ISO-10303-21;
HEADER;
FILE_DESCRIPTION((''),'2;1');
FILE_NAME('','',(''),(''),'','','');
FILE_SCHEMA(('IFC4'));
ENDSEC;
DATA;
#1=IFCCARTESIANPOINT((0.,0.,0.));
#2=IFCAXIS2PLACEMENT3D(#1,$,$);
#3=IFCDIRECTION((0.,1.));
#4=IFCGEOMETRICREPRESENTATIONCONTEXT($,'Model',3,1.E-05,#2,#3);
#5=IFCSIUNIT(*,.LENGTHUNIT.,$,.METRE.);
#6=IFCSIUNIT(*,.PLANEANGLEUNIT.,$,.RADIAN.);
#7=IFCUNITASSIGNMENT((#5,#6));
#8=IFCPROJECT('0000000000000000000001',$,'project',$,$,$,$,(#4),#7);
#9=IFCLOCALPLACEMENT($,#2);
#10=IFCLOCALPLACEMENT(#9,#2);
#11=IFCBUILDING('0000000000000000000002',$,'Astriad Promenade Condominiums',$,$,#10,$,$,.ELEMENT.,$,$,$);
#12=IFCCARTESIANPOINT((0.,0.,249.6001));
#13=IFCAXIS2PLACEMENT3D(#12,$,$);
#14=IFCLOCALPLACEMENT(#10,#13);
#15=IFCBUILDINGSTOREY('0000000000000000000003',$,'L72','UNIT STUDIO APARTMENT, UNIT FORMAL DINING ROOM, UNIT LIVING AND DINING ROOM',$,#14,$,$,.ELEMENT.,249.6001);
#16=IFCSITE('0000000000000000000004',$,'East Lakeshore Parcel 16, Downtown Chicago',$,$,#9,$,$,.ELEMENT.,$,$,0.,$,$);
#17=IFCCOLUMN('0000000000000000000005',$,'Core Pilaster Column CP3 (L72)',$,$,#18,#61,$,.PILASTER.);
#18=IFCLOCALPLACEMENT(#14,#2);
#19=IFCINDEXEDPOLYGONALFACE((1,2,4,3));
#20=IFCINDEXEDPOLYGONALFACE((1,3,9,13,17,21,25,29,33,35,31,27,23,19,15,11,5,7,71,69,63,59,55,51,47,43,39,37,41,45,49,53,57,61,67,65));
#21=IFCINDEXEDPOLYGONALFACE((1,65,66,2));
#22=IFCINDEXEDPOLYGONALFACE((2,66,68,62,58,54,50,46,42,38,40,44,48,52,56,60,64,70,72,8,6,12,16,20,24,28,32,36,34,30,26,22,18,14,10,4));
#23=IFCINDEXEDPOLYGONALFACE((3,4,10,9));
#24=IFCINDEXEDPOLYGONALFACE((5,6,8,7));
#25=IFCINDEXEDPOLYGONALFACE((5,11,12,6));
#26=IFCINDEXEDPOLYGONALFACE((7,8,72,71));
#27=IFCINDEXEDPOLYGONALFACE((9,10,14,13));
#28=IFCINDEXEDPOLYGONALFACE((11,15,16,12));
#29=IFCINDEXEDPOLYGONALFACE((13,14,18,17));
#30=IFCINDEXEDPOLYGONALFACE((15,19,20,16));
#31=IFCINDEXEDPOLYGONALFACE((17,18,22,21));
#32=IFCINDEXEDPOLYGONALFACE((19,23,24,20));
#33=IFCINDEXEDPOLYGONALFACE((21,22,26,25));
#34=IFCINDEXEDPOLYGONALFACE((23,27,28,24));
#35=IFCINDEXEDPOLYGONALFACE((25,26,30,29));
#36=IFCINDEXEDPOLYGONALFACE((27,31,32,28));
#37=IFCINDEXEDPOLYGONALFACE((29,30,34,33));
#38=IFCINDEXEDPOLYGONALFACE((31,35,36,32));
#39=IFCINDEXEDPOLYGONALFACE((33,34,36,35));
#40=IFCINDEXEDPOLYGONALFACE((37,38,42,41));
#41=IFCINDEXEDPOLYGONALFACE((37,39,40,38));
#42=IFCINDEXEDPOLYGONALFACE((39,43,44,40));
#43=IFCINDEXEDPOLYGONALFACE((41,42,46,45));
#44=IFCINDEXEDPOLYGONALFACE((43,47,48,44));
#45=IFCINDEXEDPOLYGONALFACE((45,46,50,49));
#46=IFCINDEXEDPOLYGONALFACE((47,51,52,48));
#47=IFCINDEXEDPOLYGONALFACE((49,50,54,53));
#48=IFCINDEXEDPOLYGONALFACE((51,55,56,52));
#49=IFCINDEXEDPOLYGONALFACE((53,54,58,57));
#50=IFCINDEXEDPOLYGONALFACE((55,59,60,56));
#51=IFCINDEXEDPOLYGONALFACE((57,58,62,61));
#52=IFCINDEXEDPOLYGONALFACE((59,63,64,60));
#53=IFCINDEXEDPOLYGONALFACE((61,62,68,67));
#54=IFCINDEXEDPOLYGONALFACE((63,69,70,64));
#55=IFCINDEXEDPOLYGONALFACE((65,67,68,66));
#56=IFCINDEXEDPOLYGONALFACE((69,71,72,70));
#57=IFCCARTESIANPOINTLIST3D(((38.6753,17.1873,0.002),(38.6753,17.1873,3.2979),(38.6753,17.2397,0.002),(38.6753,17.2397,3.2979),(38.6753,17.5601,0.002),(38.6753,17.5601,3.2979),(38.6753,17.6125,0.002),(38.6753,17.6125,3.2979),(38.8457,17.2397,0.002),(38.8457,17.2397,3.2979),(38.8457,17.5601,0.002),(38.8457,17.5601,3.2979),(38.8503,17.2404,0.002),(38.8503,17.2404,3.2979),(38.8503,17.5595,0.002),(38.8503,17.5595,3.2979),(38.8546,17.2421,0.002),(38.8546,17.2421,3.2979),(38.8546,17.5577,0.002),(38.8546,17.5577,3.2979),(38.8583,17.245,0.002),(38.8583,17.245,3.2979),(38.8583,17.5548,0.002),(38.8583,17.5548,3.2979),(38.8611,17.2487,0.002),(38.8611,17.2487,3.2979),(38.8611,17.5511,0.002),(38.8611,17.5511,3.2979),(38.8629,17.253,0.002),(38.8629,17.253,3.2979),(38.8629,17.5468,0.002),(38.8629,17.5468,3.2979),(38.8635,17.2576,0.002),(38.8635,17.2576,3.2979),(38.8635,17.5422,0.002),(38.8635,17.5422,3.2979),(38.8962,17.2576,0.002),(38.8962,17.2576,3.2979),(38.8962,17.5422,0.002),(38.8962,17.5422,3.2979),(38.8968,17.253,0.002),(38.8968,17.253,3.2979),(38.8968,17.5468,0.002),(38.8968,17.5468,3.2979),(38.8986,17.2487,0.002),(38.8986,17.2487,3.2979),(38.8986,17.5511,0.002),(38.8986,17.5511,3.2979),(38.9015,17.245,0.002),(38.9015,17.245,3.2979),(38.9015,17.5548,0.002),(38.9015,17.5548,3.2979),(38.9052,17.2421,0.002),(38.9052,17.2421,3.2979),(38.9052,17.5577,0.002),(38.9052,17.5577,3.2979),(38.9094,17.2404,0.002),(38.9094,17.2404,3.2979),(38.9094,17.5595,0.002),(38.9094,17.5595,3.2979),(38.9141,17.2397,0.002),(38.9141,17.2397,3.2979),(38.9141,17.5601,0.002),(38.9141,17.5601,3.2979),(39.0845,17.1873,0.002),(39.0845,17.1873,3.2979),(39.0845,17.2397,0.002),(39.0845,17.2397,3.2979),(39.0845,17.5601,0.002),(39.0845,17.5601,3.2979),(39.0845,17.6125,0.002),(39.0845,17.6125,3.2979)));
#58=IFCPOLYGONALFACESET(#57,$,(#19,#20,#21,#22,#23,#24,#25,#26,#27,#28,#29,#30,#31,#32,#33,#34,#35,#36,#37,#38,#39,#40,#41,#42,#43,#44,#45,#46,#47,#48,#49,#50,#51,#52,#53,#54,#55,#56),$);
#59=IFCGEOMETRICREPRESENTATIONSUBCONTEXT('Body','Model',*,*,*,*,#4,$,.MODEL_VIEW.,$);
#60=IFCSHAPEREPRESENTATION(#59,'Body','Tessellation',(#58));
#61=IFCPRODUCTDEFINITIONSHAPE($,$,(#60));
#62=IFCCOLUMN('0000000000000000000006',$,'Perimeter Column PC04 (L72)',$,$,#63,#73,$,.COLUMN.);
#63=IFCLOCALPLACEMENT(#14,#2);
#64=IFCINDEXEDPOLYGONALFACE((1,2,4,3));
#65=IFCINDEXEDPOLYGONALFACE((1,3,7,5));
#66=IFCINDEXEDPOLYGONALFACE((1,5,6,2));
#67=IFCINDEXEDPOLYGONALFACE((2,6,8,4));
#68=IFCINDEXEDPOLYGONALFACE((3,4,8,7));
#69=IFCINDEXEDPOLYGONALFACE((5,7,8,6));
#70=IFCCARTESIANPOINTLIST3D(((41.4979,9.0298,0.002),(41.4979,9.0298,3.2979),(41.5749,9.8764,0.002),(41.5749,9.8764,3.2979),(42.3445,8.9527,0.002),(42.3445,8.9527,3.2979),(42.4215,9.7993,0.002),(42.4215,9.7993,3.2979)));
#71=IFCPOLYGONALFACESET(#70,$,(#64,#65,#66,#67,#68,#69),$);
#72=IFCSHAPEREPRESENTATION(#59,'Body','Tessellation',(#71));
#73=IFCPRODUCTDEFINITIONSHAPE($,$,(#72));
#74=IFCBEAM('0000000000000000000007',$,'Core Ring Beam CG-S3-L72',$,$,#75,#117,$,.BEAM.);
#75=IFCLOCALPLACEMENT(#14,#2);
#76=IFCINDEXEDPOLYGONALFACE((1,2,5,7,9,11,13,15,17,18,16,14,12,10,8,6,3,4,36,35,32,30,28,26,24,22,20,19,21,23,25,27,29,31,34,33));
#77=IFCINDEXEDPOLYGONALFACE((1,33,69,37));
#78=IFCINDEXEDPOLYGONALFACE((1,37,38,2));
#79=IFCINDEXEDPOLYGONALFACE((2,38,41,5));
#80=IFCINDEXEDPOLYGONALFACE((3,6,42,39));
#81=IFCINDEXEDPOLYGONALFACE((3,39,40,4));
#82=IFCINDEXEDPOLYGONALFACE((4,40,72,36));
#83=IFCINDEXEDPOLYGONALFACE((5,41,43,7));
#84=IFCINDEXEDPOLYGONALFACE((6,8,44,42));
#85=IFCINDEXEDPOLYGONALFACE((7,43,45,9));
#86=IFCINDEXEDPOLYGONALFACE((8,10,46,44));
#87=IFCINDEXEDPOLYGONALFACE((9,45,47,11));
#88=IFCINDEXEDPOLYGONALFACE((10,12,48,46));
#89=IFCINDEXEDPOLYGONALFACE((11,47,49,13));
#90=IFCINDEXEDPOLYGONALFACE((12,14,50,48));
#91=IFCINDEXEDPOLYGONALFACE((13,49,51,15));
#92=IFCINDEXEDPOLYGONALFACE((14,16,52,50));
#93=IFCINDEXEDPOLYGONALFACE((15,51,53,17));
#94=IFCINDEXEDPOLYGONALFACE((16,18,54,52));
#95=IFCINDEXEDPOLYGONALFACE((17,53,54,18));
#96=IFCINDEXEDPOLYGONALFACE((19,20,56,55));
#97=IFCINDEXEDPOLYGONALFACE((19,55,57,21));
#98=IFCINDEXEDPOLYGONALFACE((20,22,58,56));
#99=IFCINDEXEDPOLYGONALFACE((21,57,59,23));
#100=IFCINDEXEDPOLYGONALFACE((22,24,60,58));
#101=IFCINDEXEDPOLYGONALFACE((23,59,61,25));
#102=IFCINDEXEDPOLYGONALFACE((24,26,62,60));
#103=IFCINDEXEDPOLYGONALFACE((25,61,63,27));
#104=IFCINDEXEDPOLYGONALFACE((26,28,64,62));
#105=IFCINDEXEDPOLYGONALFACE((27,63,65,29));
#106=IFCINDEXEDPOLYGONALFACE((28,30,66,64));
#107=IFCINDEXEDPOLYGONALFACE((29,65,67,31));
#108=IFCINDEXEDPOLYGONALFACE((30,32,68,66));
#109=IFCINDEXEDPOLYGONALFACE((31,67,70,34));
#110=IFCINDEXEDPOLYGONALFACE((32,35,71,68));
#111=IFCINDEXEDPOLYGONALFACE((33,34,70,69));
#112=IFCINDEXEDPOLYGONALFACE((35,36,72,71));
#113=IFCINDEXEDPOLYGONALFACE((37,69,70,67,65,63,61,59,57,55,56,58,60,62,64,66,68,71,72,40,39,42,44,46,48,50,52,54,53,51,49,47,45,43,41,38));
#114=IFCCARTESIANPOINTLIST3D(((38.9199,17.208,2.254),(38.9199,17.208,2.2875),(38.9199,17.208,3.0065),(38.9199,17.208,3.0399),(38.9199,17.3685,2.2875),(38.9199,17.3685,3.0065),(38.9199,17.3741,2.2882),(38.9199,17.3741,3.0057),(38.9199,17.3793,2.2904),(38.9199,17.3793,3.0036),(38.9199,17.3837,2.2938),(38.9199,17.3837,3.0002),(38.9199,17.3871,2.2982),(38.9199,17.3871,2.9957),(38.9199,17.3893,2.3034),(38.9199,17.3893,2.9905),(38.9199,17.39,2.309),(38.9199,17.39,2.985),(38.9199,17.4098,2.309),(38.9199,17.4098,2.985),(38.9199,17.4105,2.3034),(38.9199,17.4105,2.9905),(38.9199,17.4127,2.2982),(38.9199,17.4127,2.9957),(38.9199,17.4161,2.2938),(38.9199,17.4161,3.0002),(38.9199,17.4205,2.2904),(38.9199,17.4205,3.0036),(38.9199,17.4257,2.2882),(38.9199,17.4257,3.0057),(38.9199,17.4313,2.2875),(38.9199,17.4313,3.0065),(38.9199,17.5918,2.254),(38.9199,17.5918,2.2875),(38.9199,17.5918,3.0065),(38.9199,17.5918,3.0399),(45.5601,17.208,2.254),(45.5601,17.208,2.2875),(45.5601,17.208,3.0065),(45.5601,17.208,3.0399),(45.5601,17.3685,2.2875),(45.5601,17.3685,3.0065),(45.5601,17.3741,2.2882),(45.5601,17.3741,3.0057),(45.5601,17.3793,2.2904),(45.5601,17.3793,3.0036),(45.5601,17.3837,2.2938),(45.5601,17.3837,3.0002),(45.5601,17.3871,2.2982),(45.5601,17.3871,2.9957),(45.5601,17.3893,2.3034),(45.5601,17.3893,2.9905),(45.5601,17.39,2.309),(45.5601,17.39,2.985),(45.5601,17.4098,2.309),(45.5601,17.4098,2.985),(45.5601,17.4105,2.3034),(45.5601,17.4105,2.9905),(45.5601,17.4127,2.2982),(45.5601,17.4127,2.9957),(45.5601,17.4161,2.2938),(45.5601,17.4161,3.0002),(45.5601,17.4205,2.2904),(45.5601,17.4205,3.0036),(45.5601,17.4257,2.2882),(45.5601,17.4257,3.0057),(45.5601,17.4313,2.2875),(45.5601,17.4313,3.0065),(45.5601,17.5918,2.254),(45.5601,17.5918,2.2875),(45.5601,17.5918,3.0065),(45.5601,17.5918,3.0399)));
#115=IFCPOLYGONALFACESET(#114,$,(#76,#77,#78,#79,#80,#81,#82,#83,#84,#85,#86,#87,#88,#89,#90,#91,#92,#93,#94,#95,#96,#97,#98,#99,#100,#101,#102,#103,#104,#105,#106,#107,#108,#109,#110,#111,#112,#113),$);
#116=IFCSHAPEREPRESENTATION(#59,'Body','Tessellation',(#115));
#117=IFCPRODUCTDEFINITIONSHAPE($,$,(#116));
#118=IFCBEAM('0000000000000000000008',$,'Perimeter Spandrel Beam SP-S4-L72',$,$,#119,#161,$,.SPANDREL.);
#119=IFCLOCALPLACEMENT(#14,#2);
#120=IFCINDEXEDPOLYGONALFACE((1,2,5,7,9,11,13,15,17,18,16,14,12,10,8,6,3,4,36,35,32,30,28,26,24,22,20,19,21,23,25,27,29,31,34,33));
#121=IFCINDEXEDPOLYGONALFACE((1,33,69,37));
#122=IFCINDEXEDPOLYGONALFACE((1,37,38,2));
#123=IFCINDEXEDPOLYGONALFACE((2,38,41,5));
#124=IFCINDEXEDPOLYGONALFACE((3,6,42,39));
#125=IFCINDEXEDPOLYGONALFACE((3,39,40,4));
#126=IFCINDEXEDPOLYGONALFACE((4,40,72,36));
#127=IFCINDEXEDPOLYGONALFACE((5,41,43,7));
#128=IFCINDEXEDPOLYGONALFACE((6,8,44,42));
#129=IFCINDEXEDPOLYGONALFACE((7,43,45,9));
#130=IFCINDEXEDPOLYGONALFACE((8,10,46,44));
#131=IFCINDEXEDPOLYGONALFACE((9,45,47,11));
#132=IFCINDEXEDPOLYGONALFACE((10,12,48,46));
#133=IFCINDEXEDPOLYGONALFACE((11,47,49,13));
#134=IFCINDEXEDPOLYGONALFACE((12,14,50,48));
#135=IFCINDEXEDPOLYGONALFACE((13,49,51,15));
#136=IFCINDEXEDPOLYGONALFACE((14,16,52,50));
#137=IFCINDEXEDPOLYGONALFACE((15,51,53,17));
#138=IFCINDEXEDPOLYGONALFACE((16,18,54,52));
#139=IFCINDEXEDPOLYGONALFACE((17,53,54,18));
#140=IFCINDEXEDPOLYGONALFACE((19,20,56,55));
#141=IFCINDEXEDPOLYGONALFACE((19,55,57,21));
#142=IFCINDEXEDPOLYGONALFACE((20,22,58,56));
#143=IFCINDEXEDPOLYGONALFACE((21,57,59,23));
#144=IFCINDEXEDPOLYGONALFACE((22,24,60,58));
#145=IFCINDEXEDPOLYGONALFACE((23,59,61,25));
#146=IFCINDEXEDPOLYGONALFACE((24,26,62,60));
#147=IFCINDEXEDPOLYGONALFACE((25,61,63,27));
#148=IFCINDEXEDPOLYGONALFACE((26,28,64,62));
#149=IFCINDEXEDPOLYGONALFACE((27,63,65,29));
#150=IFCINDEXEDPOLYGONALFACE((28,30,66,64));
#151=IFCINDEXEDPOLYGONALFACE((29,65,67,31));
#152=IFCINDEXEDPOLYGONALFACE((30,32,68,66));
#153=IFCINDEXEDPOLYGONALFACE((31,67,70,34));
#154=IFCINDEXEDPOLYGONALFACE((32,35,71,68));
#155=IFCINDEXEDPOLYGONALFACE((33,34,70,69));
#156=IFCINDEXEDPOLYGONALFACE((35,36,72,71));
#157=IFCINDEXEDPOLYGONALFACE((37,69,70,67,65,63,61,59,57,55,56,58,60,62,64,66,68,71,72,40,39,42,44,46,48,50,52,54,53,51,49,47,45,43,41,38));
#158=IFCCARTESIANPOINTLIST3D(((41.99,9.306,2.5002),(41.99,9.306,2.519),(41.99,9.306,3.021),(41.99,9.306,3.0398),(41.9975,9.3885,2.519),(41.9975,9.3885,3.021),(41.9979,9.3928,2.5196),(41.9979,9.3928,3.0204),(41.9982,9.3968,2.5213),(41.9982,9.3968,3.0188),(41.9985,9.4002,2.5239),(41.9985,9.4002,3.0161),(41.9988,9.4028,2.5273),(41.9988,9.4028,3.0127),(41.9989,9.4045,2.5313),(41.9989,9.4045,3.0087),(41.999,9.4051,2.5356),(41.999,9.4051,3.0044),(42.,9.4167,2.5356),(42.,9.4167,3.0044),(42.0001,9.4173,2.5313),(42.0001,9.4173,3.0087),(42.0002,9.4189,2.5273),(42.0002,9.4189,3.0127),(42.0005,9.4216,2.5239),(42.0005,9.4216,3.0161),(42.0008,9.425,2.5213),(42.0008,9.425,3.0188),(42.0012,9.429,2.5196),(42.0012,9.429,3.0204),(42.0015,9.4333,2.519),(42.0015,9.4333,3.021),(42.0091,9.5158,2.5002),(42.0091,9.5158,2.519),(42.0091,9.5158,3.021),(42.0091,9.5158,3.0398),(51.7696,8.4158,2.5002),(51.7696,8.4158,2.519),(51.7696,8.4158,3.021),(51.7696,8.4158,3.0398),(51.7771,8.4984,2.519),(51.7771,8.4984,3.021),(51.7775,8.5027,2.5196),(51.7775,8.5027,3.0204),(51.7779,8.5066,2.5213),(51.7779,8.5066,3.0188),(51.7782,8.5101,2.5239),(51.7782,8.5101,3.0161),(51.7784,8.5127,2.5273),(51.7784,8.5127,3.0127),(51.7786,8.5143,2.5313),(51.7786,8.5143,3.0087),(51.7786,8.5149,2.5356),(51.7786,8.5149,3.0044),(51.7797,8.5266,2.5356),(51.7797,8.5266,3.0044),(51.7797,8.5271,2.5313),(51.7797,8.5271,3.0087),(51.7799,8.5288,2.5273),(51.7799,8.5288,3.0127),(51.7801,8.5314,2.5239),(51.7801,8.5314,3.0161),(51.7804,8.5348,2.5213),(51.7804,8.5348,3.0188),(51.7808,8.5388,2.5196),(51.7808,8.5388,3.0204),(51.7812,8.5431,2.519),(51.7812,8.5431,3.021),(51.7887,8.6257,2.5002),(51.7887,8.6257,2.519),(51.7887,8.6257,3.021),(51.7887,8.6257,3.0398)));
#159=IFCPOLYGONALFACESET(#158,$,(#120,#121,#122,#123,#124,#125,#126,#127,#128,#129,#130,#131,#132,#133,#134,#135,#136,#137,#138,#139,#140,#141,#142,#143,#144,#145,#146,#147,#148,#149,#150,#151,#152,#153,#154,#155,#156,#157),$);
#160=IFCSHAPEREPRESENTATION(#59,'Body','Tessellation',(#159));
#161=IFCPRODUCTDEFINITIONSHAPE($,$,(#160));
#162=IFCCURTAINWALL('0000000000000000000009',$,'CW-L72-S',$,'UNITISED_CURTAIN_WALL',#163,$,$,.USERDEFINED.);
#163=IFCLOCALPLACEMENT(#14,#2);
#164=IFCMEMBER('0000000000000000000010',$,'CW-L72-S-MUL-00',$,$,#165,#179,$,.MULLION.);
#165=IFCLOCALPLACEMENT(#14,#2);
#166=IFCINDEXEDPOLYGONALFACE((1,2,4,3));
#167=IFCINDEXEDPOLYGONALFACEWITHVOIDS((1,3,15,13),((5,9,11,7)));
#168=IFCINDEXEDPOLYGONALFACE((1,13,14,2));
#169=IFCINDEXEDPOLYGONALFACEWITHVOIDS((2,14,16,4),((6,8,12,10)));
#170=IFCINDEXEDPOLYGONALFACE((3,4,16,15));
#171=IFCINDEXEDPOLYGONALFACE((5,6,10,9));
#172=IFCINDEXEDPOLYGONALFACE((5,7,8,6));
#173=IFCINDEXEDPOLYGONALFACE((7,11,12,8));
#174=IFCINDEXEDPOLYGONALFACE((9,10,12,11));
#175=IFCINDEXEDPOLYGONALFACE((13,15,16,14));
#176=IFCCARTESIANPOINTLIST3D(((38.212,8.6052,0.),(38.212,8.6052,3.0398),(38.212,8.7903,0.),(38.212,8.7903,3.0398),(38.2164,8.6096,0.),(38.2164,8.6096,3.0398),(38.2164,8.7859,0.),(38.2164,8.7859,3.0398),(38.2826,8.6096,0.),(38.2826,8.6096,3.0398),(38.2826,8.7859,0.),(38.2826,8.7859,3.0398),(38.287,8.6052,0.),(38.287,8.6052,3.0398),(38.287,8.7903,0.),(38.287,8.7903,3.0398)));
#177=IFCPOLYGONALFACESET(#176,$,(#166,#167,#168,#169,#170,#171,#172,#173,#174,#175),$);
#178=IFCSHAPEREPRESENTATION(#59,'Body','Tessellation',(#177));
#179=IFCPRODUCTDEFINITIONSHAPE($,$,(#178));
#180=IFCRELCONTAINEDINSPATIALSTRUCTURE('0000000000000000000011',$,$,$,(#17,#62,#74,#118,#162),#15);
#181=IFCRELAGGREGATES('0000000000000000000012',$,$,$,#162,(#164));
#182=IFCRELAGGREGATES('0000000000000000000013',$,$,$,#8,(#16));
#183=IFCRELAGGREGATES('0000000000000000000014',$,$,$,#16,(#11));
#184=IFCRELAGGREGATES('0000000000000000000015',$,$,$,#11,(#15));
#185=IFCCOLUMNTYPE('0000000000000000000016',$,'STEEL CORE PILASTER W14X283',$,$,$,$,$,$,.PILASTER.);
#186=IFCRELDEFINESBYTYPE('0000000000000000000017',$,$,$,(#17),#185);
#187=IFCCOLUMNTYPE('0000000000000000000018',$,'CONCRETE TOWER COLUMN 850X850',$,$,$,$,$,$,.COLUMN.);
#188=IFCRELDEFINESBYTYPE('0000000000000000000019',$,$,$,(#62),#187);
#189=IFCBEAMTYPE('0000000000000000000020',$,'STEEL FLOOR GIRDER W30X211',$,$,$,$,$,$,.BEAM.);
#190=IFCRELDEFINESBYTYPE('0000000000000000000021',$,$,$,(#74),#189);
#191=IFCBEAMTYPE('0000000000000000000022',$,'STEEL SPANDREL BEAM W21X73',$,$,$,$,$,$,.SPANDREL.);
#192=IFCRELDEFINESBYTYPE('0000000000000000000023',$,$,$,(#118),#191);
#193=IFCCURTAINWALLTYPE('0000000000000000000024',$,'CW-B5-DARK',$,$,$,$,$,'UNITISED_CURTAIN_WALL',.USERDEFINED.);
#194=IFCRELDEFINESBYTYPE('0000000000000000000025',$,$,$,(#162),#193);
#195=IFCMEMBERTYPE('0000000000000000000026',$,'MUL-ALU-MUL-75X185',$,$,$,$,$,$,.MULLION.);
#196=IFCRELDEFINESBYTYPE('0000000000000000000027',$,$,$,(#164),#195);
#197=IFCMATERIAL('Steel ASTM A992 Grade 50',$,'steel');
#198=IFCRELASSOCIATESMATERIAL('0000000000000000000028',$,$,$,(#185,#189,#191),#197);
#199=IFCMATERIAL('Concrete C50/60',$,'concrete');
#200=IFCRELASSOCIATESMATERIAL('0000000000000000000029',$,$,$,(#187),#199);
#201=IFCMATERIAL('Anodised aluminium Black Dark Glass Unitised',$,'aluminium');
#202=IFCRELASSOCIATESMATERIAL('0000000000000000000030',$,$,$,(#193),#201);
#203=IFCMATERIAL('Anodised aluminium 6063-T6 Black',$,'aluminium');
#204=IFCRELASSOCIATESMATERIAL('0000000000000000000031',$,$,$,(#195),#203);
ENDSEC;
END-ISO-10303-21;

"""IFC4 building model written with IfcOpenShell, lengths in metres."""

from ifc_helpers import new_model, si_unit, direction, frame, origin, origin_2d, place, context, subcontext, project, spatial, rectangle, hollow_rectangle, i_section, extrude, source, transform, mapped, material, material_profile, profile_set, type_object, type_shapes, element, aggregate, save


model = new_model("IFC4")

# Units and contexts
model_context = context("Model", 3, precision=1e-05, world=origin(), true_north=direction((0.0, 1.0)))
body_context = subcontext(model_context, "Body", "Model", "MODEL_VIEW")
ifc_project = project(units=[si_unit("LENGTHUNIT", "METRE"), si_unit("PLANEANGLEUNIT", "RADIAN")], contexts=[model_context])

# Site, building, storey
site_placement = place(None, origin())
site = spatial("IfcSite", under=ifc_project, at=site_placement, Name="East Lakeshore Parcel 16, Downtown Chicago", CompositionType="ELEMENT", RefElevation=0.0)
building_placement = place(site_placement, origin())
building = spatial("IfcBuilding", under=site, at=building_placement, Name="Astriad Promenade Condominiums", CompositionType="ELEMENT")
storey_placement = place(building_placement, frame((0.0, 0.0, 249.6001)))
storey = spatial("IfcBuildingStorey", under=building, at=storey_placement, Name="L72", Description="UNIT STUDIO APARTMENT, UNIT FORMAL DINING ROOM, UNIT LIVING AND DINING ROOM", CompositionType="ELEMENT", Elevation=249.6001)

# Columns
ifc_material_1 = material(Name="Steel ASTM A992 Grade 50", Category="steel")
ifc_material_profile_1 = material_profile(ifc_material_1, i_section(OverallWidth=0.4092, OverallDepth=0.4253, WebThickness=0.0327, FlangeThickness=0.0525, FilletRadius=0.0178, at=origin_2d()), Name="W14X283")
ifc_profile_set_1 = profile_set([ifc_material_profile_1], Name="Steel ASTM A992 Grade 50")
column_type_1 = type_object("IfcColumnType", Name="STEEL CORE PILASTER W14X283", PredefinedType="PILASTER", material=ifc_profile_set_1)
shared_shape_1 = source(origin(), body_context, "Body", "SweptSolid", [
    extrude(i_section(OverallWidth=0.4092, OverallDepth=0.4253, WebThickness=0.0327, FlangeThickness=0.0525, FilletRadius=0.0178, at=origin_2d()), origin(), (0.0, 0.0, 1.0), 3.2959),
])
type_shapes(column_type_1, [shared_shape_1])
column_1_placement = place(storey_placement, frame((38.8799, 17.3999, 0.002), z_axis=(0.0, 0.0, 1.0), x_axis=(1.0, 0.0, 0.0)))
element("IfcColumn", 1, at=column_1_placement, inside=storey, type_object=column_type_1, Name="Core Pilaster Column CP3 (L72)", PredefinedType="PILASTER", context=body_context, shape_type="MappedRepresentation", body=[
    mapped(shared_shape_1, transform((0.0, 0.0, 0.0), scale=1.0)),
])
ifc_material_2 = material(Name="Concrete C50/60", Category="concrete")
ifc_material_profile_2 = material_profile(ifc_material_2, rectangle(XDim=0.8501, YDim=0.8501, at=origin_2d()), Name="RC-COL-850X850")
ifc_profile_set_2 = profile_set([ifc_material_profile_2], Name="Concrete C50/60")
column_type_2 = type_object("IfcColumnType", Name="CONCRETE TOWER COLUMN 850X850", PredefinedType="COLUMN", material=ifc_profile_set_2)
shared_shape_2 = source(origin(), body_context, "Body", "SweptSolid", [
    extrude(rectangle(XDim=0.8501, YDim=0.8501, at=origin_2d()), origin(), (0.0, 0.0, 1.0), 3.2959),
])
type_shapes(column_type_2, [shared_shape_2])
column_2_placement = place(storey_placement, frame((41.9597, 9.4146, 0.002), z_axis=(0.0, 0.0, 1.0), x_axis=(0.995884, -0.090633, 0.0)))
element("IfcColumn", 2, at=column_2_placement, inside=storey, type_object=column_type_2, Name="Perimeter Column PC04 (L72)", PredefinedType="COLUMN", context=body_context, shape_type="MappedRepresentation", body=[
    mapped(shared_shape_2, transform((0.0, 0.0, 0.0), scale=1.0)),
])

# Beams
ifc_material_profile_3 = material_profile(ifc_material_1, i_section(OverallWidth=0.3838, OverallDepth=0.7859, WebThickness=0.0198, FlangeThickness=0.0334, FilletRadius=0.0215, at=origin_2d()), Name="W30X211")
ifc_profile_set_3 = profile_set([ifc_material_profile_3], Name="Steel ASTM A992 Grade 50")
beam_type_1 = type_object("IfcBeamType", Name="STEEL FLOOR GIRDER W30X211", PredefinedType="BEAM", material=ifc_profile_set_3)
shared_shape_3 = source(origin(), body_context, "Body", "SweptSolid", [
    extrude(i_section(OverallWidth=0.3838, OverallDepth=0.7859, WebThickness=0.0198, FlangeThickness=0.0334, FilletRadius=0.0215, at=origin_2d()), origin(), (0.0, 0.0, 1.0), 6.6401),
])
type_shapes(beam_type_1, [shared_shape_3])
beam_1_placement = place(storey_placement, frame((38.9199, 17.3999, 2.647), z_axis=(1.0, 0.0, 0.0), x_axis=(0.0, 1.0, 0.0)))
element("IfcBeam", 3, at=beam_1_placement, inside=storey, type_object=beam_type_1, Name="Core Ring Beam CG-S3-L72", PredefinedType="BEAM", context=body_context, shape_type="MappedRepresentation", body=[
    mapped(shared_shape_3, transform((0.0, 0.0, 0.0), scale=1.0)),
])
ifc_material_profile_4 = material_profile(ifc_material_1, i_section(OverallWidth=0.2107, OverallDepth=0.5396, WebThickness=0.0117, FlangeThickness=0.0188, FilletRadius=0.0166, at=origin_2d()), Name="W21X73")
ifc_profile_set_4 = profile_set([ifc_material_profile_4], Name="Steel ASTM A992 Grade 50")
beam_type_2 = type_object("IfcBeamType", Name="STEEL SPANDREL BEAM W21X73", PredefinedType="SPANDREL", material=ifc_profile_set_4)
shared_shape_4 = source(origin(), body_context, "Body", "SweptSolid", [
    extrude(i_section(OverallWidth=0.2107, OverallDepth=0.5396, WebThickness=0.0117, FlangeThickness=0.0188, FilletRadius=0.0166, at=origin_2d()), origin(), (0.0, 0.0, 1.0), 9.8201),
])
type_shapes(beam_type_2, [shared_shape_4])
beam_2_placement = place(storey_placement, frame((41.9995, 9.4109, 2.77), z_axis=(0.995883, -0.090646, 0.0), x_axis=(0.090646, 0.995883, 0.0)))
element("IfcBeam", 4, at=beam_2_placement, inside=storey, type_object=beam_type_2, Name="Perimeter Spandrel Beam SP-S4-L72", PredefinedType="SPANDREL", context=body_context, shape_type="MappedRepresentation", body=[
    mapped(shared_shape_4, transform((0.0, 0.0, 0.0), scale=1.0)),
])

# Curtain wall, member
ifc_material_3 = material(Name="Anodised aluminium Black Dark Glass Unitised", Category="aluminium")
curtain_wall_type = type_object("IfcCurtainWallType", Name="CW-B5-DARK", ElementType="UNITISED_CURTAIN_WALL", PredefinedType="USERDEFINED", material=ifc_material_3)
curtain_wall_placement = place(storey_placement, origin())
curtain_wall = element("IfcCurtainWall", 5, at=curtain_wall_placement, inside=storey, type_object=curtain_wall_type, Name="CW-L72-S", ObjectType="UNITISED_CURTAIN_WALL", PredefinedType="USERDEFINED")
ifc_material_4 = material(Name="Anodised aluminium 6063-T6 Black", Category="aluminium")
ifc_material_profile_5 = material_profile(ifc_material_4, hollow_rectangle(XDim=0.075, YDim=0.1851, WallThickness=0.0044, at=origin_2d()), Name="ALU-MUL-75X185")
ifc_profile_set_5 = profile_set([ifc_material_profile_5], Name="Anodised aluminium 6063-T6 Black")
member_type_1 = type_object("IfcMemberType", Name="MUL-ALU-MUL-75X185", PredefinedType="MULLION", material=ifc_profile_set_5)
shared_shape_5 = source(origin(), body_context, "Body", "SweptSolid", [
    extrude(hollow_rectangle(XDim=0.075, YDim=0.1851, WallThickness=0.0044, at=origin_2d()), origin(), (0.0, 0.0, 1.0), 3.0398),
])
type_shapes(member_type_1, [shared_shape_5])
member_1_placement = place(storey_placement, frame((38.2495, 8.6978, 0.0), z_axis=(0.0, 0.0, 1.0), x_axis=(1.0, 0.0, 0.0)))
member_1 = element("IfcMember", 6, at=member_1_placement, type_object=member_type_1, Name="CW-L72-S-MUL-00", PredefinedType="MULLION", context=body_context, shape_type="MappedRepresentation", body=[
    mapped(shared_shape_5, transform((0.0, 0.0, 0.0), scale=1.0)),
])
aggregate(curtain_wall, [member_1])

save(model, "model.ifc")
